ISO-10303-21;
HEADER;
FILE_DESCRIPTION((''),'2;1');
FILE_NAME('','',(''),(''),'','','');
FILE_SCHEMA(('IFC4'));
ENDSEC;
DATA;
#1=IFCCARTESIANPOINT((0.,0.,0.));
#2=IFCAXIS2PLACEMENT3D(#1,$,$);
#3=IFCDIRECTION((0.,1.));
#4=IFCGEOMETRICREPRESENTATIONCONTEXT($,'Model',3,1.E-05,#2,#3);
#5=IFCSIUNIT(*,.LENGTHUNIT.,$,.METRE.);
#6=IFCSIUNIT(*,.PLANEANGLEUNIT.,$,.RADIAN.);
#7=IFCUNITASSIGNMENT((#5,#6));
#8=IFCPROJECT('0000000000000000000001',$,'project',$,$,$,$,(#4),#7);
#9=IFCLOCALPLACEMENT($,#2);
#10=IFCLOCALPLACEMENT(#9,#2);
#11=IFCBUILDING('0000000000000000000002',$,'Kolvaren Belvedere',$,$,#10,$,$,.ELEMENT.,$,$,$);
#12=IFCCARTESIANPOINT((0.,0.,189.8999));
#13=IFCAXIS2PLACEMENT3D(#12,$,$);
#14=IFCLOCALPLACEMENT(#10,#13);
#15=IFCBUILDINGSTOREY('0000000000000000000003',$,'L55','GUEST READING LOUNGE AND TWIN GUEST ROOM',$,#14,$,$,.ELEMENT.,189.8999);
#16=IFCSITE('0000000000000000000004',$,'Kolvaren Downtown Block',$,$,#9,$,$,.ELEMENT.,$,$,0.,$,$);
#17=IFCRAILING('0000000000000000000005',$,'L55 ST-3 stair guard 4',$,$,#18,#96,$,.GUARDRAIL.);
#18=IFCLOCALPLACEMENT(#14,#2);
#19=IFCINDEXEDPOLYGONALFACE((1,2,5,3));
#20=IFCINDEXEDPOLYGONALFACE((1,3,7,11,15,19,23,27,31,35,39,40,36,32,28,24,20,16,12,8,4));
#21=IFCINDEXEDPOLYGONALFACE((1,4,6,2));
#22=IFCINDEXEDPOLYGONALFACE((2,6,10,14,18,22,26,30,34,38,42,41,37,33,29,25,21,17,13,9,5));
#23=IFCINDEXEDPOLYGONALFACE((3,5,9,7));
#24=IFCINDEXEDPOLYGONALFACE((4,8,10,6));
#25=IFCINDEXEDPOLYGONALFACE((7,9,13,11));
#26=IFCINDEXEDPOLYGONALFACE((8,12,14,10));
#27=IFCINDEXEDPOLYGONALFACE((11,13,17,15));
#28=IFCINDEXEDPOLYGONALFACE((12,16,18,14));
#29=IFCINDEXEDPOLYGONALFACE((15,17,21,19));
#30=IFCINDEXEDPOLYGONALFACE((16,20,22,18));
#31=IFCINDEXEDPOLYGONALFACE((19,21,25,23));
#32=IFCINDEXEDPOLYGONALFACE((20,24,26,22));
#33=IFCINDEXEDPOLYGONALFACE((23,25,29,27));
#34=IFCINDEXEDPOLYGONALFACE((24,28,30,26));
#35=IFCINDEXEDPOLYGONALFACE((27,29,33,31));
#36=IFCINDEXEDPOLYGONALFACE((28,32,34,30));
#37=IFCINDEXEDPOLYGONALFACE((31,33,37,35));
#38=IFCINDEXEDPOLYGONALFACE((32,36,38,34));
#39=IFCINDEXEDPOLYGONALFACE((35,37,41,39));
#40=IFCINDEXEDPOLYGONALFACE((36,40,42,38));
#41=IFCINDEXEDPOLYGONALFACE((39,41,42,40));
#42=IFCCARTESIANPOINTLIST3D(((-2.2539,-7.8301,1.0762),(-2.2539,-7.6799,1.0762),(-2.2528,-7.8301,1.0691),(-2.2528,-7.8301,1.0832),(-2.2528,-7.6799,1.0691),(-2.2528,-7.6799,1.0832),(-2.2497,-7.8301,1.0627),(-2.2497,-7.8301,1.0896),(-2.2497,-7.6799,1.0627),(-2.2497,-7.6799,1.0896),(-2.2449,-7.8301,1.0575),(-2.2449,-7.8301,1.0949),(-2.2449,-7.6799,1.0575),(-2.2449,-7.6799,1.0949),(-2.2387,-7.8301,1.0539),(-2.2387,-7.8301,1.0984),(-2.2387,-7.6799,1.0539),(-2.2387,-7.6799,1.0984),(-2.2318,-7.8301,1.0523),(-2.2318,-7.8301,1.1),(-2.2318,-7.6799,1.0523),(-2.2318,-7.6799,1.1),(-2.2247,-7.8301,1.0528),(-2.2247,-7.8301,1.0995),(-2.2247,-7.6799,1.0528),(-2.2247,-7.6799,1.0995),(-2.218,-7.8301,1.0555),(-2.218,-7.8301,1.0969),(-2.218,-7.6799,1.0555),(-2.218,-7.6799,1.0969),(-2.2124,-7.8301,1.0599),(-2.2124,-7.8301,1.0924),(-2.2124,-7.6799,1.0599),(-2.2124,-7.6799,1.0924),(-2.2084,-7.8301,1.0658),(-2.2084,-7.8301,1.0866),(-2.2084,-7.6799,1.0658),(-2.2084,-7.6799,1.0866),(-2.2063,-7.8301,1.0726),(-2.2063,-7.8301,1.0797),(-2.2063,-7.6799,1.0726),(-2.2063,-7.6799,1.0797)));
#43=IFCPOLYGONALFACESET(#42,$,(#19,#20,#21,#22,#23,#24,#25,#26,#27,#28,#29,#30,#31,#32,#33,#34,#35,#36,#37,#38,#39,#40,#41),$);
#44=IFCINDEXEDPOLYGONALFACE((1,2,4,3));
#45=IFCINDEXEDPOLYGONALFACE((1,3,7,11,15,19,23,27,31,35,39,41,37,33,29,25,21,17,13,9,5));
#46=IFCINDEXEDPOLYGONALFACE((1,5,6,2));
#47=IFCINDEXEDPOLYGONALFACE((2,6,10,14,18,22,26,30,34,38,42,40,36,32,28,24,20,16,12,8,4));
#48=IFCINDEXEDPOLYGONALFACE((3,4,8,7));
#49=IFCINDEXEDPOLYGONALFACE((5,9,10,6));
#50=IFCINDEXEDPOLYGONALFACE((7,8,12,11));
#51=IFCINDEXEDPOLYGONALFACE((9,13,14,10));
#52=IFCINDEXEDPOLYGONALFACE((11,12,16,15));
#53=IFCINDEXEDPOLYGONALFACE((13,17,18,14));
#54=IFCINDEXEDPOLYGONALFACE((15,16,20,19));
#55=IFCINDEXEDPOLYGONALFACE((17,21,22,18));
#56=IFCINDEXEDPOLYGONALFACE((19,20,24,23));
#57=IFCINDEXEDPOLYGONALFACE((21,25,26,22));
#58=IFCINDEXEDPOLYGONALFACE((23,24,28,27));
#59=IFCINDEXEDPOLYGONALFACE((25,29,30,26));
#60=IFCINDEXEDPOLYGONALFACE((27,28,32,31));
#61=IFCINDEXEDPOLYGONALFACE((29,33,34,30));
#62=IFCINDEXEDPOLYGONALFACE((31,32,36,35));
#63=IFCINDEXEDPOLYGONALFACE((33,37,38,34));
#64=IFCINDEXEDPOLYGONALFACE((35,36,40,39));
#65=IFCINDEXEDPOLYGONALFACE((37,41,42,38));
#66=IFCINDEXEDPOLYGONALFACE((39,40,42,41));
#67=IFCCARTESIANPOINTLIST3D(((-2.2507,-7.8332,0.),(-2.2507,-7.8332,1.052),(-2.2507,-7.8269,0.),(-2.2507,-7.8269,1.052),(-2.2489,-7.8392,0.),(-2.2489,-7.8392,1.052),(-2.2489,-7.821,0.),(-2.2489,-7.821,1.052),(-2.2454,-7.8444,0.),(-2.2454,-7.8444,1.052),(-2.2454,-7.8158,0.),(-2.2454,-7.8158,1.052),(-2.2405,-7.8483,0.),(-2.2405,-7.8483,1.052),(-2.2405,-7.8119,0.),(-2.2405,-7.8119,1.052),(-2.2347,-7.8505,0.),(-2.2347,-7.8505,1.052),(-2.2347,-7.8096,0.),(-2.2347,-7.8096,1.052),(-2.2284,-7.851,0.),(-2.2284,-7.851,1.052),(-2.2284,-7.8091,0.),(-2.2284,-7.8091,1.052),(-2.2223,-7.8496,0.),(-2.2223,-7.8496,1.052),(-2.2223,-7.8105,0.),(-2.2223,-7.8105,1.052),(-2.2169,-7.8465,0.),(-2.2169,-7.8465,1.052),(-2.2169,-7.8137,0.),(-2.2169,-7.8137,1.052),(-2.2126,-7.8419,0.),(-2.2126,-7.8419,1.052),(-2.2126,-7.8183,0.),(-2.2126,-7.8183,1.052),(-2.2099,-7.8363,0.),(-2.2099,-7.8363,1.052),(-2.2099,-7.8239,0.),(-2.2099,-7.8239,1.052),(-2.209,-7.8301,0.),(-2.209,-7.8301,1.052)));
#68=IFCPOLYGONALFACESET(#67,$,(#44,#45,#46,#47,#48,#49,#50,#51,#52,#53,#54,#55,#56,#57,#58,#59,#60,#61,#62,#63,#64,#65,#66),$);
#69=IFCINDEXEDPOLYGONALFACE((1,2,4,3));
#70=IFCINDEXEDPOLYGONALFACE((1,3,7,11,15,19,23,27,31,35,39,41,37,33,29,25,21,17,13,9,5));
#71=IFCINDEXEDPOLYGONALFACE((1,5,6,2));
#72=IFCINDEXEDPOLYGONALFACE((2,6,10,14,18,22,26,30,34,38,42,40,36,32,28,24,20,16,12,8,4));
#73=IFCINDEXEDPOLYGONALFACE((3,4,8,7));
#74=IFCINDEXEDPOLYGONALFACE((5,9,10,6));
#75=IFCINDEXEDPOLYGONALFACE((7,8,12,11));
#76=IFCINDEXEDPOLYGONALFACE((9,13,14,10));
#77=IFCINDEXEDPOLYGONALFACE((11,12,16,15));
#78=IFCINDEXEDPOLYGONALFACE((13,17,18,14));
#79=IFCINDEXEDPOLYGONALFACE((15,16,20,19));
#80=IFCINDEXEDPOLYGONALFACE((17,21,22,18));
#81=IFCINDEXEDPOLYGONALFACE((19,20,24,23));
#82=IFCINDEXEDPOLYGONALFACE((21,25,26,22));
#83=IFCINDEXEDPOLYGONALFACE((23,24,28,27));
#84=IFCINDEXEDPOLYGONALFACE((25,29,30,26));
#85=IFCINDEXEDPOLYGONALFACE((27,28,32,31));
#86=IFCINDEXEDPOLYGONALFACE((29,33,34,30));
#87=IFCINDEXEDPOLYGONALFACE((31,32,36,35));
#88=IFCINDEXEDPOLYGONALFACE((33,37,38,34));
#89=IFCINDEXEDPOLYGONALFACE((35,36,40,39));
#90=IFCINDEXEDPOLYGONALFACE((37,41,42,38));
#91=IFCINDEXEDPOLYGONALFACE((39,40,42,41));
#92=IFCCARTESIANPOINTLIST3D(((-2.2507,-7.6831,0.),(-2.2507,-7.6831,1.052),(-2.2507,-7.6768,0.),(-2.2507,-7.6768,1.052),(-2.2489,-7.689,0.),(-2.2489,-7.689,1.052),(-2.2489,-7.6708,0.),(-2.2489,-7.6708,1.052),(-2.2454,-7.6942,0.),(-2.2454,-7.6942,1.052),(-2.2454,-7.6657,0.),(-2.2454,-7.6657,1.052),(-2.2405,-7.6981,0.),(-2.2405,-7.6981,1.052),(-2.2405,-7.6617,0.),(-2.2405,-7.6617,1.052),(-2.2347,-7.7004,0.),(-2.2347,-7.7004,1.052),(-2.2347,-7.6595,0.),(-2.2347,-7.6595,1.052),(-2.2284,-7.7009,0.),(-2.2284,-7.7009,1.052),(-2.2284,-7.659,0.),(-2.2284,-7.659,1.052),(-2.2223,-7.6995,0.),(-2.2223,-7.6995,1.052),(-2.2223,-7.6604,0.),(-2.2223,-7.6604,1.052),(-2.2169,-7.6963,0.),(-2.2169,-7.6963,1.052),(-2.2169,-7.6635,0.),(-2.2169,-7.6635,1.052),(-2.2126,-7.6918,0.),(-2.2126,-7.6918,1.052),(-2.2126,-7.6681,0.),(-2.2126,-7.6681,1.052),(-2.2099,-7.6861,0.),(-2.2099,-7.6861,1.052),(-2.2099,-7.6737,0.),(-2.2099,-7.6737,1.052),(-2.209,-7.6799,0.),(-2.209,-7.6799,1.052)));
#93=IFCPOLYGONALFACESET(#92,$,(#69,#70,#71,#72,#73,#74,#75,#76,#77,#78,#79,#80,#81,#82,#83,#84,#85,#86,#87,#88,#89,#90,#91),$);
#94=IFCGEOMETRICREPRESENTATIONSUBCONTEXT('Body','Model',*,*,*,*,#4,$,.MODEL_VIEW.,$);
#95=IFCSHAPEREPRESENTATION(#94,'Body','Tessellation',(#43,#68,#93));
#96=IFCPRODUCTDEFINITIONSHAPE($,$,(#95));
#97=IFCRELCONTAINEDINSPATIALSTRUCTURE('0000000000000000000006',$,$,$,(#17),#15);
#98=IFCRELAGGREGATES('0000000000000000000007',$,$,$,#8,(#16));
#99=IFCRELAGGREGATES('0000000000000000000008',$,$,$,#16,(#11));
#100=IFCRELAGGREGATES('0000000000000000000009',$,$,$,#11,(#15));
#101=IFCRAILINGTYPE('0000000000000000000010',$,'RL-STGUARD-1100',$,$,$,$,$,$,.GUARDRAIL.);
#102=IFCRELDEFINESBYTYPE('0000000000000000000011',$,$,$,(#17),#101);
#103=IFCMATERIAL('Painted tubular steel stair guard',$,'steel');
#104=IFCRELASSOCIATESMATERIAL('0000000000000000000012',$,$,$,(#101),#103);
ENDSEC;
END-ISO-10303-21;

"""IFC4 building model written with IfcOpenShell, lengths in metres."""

from ifc_helpers import new_model, si_unit, direction, frame, origin, origin_2d, place, context, subcontext, project, spatial, circle, extrude, material, type_object, element, save


model = new_model("IFC4")

# Units and contexts
model_context = context("Model", 3, precision=1e-05, world=origin(), true_north=direction((0.0, 1.0)))
body_context = subcontext(model_context, "Body", "Model", "MODEL_VIEW")
ifc_project = project(units=[si_unit("LENGTHUNIT", "METRE"), si_unit("PLANEANGLEUNIT", "RADIAN")], contexts=[model_context])

# Site, building, storey
site_placement = place(None, origin())
site = spatial("IfcSite", under=ifc_project, at=site_placement, Name="Kolvaren Downtown Block", CompositionType="ELEMENT", RefElevation=0.0)
building_placement = place(site_placement, origin())
building = spatial("IfcBuilding", under=site, at=building_placement, Name="Kolvaren Belvedere", CompositionType="ELEMENT")
storey_placement = place(building_placement, frame((0.0, 0.0, 189.8999)))
storey = spatial("IfcBuildingStorey", under=building, at=storey_placement, Name="L55", Description="GUEST READING LOUNGE AND TWIN GUEST ROOM", CompositionType="ELEMENT", Elevation=189.8999)

# Railing
ifc_material_1 = material(Name="Painted tubular steel stair guard", Category="steel")
railing_type_1 = type_object("IfcRailingType", Name="RL-STGUARD-1100", PredefinedType="GUARDRAIL", material=ifc_material_1)
railing_1_placement = place(storey_placement, frame((-2.23, -7.8301, 0.0)))
element("IfcRailing", 1, at=railing_1_placement, inside=storey, type_object=railing_type_1, Name="L55 ST-3 stair guard 4", PredefinedType="GUARDRAIL", context=body_context, shape_type="SweptSolid", body=[
    extrude(circle(Radius=0.0239, at=origin_2d()), frame((0.0, 0.0, 1.0762), z_axis=(0.0, 1.0, 0.0), x_axis=(-1.0, 0.0, 0.0)), (0.0, 0.0, 1.0), 0.1501),
    extrude(circle(Radius=0.021, at=origin_2d()), origin(), (0.0, 0.0, 1.0), 1.052),
    extrude(circle(Radius=0.021, at=origin_2d()), frame((0.0, 0.1501, 0.0)), (0.0, 0.0, 1.0), 1.052),
])

save(model, "model.ifc")
